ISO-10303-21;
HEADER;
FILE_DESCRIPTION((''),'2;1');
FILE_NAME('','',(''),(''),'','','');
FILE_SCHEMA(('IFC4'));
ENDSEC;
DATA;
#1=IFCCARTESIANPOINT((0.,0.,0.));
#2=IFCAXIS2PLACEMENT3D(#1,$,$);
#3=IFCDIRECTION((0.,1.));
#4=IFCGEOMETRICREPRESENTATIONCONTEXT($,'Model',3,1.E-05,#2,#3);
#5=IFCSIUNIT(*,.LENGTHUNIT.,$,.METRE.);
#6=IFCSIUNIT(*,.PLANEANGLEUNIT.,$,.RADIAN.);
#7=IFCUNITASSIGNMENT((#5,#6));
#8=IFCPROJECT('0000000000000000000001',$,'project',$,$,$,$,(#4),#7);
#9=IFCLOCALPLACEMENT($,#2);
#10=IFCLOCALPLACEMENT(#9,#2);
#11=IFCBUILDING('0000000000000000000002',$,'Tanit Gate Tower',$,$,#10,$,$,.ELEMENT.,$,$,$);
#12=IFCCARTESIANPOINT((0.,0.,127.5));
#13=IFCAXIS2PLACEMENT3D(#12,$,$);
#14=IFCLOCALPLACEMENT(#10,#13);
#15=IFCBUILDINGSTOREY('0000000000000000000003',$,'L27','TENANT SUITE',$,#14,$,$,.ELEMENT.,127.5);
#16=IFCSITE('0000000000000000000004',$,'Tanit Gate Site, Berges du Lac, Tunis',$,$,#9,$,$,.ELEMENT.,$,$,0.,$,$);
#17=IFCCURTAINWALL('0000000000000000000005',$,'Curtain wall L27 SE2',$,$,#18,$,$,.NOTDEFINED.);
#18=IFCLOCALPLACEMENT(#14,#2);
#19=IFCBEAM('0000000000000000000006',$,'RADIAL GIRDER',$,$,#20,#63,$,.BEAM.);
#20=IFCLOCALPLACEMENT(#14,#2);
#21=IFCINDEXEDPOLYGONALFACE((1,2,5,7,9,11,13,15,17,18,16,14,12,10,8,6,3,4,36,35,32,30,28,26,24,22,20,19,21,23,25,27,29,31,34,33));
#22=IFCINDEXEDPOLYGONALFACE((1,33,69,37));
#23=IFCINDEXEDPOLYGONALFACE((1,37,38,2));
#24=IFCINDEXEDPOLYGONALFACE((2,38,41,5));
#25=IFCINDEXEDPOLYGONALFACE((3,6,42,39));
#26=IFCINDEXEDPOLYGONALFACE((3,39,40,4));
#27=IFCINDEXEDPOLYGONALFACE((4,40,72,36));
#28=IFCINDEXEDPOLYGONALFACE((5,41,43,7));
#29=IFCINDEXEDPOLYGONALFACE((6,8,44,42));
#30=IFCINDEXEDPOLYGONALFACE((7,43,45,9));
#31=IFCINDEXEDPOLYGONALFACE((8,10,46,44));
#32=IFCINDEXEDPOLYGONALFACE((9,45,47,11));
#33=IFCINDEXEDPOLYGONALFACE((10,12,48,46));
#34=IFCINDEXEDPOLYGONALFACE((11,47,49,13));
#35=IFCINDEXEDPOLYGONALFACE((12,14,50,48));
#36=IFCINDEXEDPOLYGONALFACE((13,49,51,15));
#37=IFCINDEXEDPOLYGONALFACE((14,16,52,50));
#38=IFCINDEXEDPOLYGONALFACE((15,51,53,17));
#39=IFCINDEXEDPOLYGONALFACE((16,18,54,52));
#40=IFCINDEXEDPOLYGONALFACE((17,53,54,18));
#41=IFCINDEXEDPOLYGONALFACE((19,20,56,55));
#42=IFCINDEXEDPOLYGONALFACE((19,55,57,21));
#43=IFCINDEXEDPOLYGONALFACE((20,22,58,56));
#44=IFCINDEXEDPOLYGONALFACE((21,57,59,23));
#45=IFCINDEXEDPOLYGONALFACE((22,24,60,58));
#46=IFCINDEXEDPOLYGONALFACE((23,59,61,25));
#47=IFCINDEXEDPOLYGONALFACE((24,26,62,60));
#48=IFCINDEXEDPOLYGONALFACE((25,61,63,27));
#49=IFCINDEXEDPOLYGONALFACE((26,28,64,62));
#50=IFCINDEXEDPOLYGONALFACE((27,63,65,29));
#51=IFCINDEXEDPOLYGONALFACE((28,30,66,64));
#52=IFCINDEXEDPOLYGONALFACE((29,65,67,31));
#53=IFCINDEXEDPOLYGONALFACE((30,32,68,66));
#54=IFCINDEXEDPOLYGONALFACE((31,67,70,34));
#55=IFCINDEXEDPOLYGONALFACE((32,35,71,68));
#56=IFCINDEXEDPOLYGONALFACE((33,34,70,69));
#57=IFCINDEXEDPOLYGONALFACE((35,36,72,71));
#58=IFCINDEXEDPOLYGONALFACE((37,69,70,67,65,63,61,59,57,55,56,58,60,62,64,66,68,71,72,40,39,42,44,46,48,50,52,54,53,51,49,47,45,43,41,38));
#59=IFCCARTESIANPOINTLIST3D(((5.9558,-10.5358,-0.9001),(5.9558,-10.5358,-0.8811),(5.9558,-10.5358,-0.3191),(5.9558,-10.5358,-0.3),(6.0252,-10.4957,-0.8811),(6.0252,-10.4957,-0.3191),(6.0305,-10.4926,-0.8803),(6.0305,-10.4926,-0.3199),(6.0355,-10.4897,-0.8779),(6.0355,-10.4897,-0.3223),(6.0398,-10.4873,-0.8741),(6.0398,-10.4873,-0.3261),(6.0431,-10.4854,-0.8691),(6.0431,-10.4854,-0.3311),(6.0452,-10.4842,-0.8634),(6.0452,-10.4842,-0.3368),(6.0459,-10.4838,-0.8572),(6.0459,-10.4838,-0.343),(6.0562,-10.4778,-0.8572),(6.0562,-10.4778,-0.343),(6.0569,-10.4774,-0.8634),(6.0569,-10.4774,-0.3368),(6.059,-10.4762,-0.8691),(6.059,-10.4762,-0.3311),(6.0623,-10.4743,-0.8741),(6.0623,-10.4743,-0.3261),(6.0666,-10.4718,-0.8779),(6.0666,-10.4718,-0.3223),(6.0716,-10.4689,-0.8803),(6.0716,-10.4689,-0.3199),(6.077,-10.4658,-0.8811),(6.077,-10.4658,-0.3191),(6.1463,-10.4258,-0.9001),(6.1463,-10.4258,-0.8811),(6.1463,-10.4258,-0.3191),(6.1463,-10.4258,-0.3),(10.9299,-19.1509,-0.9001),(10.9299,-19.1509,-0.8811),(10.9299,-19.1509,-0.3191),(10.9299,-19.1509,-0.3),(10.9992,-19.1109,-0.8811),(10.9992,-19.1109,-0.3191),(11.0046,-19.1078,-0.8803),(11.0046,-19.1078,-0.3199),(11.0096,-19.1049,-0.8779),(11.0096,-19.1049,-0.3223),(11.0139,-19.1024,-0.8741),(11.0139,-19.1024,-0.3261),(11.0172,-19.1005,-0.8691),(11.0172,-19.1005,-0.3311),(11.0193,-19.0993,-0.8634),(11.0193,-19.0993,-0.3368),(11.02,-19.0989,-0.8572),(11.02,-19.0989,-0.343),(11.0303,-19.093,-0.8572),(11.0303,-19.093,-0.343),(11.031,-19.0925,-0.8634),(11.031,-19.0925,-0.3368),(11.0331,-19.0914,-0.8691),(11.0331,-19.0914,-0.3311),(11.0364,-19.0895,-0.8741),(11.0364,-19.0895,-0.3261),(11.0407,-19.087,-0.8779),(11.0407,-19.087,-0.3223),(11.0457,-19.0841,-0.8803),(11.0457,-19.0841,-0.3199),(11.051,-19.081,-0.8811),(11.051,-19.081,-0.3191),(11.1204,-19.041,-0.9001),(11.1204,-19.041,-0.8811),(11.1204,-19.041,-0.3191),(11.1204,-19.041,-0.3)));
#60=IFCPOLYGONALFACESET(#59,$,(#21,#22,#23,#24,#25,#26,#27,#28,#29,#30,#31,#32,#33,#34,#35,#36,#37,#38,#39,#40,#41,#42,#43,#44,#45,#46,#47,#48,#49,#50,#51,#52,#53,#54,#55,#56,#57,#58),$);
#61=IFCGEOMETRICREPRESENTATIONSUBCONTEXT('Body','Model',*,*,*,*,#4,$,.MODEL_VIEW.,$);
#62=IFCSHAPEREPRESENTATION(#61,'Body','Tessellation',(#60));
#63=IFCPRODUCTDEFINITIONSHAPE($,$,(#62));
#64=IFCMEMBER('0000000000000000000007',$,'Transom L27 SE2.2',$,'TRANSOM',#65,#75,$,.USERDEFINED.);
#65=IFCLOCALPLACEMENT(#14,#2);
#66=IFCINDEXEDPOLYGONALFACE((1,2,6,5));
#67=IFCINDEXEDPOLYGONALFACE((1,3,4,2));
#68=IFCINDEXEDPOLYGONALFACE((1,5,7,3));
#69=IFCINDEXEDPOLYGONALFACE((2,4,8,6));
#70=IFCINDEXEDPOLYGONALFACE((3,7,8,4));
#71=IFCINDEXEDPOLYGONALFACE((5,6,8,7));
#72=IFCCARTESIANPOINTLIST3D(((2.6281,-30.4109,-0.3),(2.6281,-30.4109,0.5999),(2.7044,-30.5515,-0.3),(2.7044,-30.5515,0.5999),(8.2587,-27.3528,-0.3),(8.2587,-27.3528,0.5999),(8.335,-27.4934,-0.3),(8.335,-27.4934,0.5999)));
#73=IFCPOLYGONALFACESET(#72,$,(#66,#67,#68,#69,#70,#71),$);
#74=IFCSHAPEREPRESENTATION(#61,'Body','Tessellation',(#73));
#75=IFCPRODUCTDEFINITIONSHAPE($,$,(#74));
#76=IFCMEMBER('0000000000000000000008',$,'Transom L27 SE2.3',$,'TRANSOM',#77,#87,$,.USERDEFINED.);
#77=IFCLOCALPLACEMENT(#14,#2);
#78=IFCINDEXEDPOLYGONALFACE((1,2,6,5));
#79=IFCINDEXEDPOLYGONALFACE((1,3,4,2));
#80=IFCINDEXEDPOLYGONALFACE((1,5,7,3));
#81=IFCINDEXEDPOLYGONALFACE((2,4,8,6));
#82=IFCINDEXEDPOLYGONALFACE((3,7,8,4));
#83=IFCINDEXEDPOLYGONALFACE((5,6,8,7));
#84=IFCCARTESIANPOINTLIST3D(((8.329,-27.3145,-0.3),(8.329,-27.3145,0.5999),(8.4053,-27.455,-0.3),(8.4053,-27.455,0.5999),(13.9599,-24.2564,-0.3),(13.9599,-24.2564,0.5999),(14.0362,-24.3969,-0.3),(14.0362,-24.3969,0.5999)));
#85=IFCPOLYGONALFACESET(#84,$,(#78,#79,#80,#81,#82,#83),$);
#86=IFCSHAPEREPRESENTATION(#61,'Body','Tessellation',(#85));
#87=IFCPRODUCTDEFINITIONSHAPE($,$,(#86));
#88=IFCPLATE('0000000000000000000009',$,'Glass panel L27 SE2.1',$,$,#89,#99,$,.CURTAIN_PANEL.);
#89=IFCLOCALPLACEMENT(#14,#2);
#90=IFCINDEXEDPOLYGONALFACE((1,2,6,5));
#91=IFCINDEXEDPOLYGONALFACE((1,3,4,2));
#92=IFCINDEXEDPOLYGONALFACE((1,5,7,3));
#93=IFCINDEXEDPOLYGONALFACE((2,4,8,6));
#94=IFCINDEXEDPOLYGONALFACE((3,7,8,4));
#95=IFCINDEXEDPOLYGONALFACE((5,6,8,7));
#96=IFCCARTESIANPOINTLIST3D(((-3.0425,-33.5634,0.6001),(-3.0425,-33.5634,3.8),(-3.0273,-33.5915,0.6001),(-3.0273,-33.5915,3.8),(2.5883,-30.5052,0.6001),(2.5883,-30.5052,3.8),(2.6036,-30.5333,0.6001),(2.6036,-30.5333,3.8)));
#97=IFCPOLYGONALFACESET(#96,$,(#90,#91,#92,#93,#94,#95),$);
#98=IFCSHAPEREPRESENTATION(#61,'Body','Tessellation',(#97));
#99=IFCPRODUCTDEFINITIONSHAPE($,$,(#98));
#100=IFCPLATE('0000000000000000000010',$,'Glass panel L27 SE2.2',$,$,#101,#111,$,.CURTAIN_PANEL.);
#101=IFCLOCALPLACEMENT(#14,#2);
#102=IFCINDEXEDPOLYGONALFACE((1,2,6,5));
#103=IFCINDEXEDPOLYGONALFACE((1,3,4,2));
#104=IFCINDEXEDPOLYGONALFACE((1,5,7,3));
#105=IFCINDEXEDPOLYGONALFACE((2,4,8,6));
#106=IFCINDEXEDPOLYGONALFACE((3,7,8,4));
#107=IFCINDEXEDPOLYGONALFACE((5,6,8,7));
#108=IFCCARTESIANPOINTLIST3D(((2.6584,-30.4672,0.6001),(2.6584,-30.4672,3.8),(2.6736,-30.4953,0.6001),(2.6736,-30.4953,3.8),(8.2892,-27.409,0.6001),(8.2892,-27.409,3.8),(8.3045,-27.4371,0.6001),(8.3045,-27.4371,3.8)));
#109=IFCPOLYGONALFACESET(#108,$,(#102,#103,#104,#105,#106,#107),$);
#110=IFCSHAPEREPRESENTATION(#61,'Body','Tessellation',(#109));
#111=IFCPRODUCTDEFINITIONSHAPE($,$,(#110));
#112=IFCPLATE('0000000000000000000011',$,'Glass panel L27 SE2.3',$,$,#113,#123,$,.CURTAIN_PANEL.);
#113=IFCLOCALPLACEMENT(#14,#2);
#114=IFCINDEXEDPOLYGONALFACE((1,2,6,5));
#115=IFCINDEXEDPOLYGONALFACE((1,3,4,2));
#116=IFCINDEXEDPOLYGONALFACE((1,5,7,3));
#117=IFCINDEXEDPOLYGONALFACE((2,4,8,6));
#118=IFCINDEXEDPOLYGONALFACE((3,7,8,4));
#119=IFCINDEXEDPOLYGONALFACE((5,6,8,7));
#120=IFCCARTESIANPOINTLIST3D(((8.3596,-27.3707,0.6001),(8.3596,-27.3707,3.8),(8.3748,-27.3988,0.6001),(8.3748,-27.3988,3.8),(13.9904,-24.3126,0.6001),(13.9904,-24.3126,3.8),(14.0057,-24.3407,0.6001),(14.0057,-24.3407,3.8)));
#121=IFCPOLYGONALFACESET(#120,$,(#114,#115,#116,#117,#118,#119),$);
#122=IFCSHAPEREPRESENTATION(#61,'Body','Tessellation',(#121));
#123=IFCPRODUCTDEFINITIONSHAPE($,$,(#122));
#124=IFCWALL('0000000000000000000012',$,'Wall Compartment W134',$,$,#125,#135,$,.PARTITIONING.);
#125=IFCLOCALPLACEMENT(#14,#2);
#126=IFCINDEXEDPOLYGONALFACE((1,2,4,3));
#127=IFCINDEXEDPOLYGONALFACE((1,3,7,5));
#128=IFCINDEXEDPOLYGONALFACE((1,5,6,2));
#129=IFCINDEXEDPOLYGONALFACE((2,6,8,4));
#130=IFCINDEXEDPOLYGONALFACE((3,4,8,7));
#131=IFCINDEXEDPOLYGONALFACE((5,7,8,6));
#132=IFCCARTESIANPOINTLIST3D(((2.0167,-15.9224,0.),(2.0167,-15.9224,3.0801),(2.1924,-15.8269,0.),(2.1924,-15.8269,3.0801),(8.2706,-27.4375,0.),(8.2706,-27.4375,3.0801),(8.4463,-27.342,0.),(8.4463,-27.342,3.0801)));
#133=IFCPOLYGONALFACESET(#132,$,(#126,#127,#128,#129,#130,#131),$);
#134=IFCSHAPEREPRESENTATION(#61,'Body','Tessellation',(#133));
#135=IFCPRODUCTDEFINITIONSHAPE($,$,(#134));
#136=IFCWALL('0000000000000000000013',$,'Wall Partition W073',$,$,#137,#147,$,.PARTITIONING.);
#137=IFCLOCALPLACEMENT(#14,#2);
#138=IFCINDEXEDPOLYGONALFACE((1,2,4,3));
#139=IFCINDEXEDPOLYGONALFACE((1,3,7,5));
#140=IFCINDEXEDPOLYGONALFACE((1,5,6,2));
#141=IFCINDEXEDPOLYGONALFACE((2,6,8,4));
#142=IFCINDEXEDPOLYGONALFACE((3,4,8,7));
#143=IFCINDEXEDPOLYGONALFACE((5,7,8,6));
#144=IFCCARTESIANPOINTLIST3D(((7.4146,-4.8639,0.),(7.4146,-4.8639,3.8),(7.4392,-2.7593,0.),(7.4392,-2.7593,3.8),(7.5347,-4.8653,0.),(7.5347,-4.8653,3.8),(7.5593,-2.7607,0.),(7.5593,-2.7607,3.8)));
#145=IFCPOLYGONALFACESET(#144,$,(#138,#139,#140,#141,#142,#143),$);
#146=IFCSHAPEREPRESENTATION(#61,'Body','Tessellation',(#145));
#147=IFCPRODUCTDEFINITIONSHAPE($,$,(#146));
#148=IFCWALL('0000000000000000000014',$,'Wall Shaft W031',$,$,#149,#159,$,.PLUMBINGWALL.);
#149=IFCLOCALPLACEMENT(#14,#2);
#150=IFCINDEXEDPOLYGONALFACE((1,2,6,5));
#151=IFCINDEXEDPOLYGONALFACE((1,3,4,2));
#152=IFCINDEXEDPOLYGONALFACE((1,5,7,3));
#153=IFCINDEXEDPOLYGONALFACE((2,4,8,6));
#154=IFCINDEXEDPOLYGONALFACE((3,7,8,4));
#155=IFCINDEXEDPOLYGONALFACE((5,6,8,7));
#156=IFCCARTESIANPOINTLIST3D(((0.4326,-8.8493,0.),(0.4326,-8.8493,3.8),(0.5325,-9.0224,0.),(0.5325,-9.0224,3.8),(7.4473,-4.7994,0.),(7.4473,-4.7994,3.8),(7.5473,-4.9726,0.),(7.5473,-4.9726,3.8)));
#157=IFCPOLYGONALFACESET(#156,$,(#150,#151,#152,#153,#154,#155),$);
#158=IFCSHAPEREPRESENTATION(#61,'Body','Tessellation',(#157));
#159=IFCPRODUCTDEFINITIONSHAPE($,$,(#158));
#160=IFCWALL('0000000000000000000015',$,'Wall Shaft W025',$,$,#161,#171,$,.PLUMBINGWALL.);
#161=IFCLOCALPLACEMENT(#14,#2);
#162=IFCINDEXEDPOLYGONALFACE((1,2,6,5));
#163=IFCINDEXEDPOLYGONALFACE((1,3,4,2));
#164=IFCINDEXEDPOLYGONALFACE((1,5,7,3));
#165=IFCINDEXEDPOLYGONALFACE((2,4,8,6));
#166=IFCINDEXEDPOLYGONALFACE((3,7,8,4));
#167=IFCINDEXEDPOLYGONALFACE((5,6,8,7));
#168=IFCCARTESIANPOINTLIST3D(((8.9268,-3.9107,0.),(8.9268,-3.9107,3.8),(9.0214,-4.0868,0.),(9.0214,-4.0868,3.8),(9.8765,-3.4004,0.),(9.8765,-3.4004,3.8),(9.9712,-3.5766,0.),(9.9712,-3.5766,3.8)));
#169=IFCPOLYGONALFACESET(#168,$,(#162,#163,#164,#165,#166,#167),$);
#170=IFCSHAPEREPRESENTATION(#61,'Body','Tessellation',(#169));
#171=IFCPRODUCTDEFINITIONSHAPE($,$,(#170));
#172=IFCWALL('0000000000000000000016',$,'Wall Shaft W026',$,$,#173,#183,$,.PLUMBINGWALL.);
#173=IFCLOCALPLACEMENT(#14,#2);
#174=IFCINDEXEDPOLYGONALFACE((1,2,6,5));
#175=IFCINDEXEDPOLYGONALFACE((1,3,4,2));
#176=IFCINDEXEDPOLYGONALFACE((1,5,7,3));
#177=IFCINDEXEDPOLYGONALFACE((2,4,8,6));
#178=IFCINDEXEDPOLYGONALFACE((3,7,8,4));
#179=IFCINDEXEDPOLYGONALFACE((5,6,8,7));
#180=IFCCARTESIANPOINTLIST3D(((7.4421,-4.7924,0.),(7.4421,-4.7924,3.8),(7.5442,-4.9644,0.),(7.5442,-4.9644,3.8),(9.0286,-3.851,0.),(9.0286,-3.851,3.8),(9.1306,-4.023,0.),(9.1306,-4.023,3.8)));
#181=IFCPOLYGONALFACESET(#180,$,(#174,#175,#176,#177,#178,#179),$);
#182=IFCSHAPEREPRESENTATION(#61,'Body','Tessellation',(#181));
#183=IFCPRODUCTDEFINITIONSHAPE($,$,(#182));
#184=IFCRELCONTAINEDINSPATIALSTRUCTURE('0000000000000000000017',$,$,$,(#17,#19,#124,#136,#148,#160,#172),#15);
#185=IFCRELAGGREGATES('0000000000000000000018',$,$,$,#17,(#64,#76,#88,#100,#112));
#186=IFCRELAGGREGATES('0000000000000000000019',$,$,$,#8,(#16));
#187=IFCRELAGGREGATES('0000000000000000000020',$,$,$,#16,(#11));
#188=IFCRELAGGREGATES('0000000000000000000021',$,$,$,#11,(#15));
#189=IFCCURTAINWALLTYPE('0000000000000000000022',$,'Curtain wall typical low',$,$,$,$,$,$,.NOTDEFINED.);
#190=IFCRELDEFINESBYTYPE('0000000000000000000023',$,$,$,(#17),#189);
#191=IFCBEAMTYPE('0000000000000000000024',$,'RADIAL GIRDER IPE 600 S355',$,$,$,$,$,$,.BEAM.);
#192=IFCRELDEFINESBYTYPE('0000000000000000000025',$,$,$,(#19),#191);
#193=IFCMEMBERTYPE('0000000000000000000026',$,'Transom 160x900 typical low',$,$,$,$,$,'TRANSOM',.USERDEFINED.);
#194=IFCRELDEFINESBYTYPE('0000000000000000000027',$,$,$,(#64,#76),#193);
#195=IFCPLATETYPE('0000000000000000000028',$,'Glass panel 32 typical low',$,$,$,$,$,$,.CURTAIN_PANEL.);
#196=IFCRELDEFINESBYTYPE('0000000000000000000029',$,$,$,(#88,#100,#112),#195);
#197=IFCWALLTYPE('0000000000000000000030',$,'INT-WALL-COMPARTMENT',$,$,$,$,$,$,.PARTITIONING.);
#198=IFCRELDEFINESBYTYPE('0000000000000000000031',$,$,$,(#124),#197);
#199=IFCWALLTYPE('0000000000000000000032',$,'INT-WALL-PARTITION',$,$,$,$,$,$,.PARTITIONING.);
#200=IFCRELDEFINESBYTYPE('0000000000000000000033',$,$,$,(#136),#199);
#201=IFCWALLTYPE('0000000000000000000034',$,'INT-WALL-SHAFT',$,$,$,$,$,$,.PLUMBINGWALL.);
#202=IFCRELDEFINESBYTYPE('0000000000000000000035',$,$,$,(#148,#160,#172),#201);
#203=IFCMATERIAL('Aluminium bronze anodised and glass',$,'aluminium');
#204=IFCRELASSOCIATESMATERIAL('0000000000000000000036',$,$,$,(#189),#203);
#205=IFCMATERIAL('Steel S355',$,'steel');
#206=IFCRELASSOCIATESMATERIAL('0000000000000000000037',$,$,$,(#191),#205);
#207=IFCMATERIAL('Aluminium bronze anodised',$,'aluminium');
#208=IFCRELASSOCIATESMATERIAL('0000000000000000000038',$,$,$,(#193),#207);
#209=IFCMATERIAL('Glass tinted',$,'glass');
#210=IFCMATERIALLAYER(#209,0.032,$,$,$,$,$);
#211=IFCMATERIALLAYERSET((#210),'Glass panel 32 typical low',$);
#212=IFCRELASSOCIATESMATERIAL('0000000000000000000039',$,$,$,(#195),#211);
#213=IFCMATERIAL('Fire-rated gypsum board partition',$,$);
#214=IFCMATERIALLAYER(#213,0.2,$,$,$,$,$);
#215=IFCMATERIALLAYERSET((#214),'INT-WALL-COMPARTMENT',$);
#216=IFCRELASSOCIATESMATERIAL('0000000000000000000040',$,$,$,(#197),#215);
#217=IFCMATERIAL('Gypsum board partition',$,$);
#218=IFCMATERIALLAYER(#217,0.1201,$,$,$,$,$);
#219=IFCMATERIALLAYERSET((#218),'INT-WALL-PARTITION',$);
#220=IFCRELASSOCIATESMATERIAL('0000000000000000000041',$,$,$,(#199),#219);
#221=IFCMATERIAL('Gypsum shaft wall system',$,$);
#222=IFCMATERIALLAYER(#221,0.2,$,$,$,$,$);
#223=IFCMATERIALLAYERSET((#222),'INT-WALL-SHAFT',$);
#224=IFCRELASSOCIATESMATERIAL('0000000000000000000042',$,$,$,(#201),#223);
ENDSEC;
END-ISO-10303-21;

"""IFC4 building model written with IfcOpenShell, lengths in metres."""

from ifc_helpers import new_model, si_unit, direction, frame, frame_2d, origin, origin_2d, place, context, subcontext, project, spatial, rectangle, i_section, extrude, material, layer, layer_set, material_profile, profile_set, type_object, element, aggregate, save


model = new_model("IFC4")

# Units and contexts
model_context = context("Model", 3, precision=1e-05, world=origin(), true_north=direction((0.0, 1.0)))
body_context = subcontext(model_context, "Body", "Model", "MODEL_VIEW")
ifc_project = project(units=[si_unit("LENGTHUNIT", "METRE"), si_unit("PLANEANGLEUNIT", "RADIAN")], contexts=[model_context])

# Site, building, storey
site_placement = place(None, origin())
site = spatial("IfcSite", under=ifc_project, at=site_placement, Name="Tanit Gate Site, Berges du Lac, Tunis", CompositionType="ELEMENT", RefElevation=0.0)
building_placement = place(site_placement, origin())
building = spatial("IfcBuilding", under=site, at=building_placement, Name="Tanit Gate Tower", CompositionType="ELEMENT")
storey_placement = place(building_placement, frame((0.0, 0.0, 127.5)))
storey = spatial("IfcBuildingStorey", under=building, at=storey_placement, Name="L27", Description="TENANT SUITE", CompositionType="ELEMENT", Elevation=127.5)

# Curtain wall
ifc_material_1 = material(Name="Aluminium bronze anodised and glass", Category="aluminium")
curtain_wall_type = type_object("IfcCurtainWallType", Name="Curtain wall typical low", PredefinedType="NOTDEFINED", material=ifc_material_1)
curtain_wall_placement = place(storey_placement, origin())
curtain_wall = element("IfcCurtainWall", 1, at=curtain_wall_placement, inside=storey, type_object=curtain_wall_type, Name="Curtain wall L27 SE2", PredefinedType="NOTDEFINED")

# Beam
ifc_material_2 = material(Name="Steel S355", Category="steel")
ifc_material_profile_1 = material_profile(ifc_material_2, i_section(OverallWidth=0.22, OverallDepth=0.6001, WebThickness=0.012, FlangeThickness=0.019, FilletRadius=0.0239, at=origin_2d()), Name="IPE 600")
ifc_profile_set_1 = profile_set([ifc_material_profile_1], Name="Steel S355")
beam_type_1 = type_object("IfcBeamType", Name="RADIAL GIRDER IPE 600 S355", PredefinedType="BEAM", material=ifc_profile_set_1)
beam_1_placement = place(storey_placement, frame((11.0251, -19.0959, -0.6001), z_axis=(-0.500009, 0.86602, 0.0), x_axis=(-0.86602, -0.500009, 0.0)))
element("IfcBeam", 2, at=beam_1_placement, inside=storey, type_object=beam_type_1, Name="RADIAL GIRDER", PredefinedType="BEAM", context=body_context, shape_type="SweptSolid", body=[
    extrude(i_section(OverallWidth=0.22, OverallDepth=0.6001, WebThickness=0.012, FlangeThickness=0.019, FilletRadius=0.0239, at=origin_2d()), origin(), (0.0, 0.0, 1.0), 9.948),
])

# Members
ifc_material_3 = material(Name="Aluminium bronze anodised", Category="aluminium")
ifc_material_profile_2 = material_profile(ifc_material_3, rectangle(XDim=0.1599, YDim=0.8999, at=origin_2d()), Name="160x900 bronze transom")
ifc_profile_set_2 = profile_set([ifc_material_profile_2], Name="Aluminium bronze anodised")
member_type_1 = type_object("IfcMemberType", Name="Transom 160x900 typical low", ElementType="TRANSOM", PredefinedType="USERDEFINED", material=ifc_profile_set_2)
member_1_placement = place(storey_placement, frame((2.6663, -30.4812, 0.1499), z_axis=(0.878756, 0.477271, 0.0), x_axis=(-0.477271, 0.878756, 0.0)))
member_1 = element("IfcMember", 3, at=member_1_placement, type_object=member_type_1, Name="Transom L27 SE2.2", ObjectType="TRANSOM", PredefinedType="USERDEFINED", context=body_context, shape_type="SweptSolid", body=[
    extrude(rectangle(XDim=0.1599, YDim=0.8999, at=origin_2d()), origin(), (0.0, 0.0, 1.0), 6.4075),
])
member_2_placement = place(storey_placement, frame((8.3672, -27.3848, 0.1499), z_axis=(0.878765, 0.477255, 0.0), x_axis=(-0.477255, 0.878765, 0.0)))
member_2 = element("IfcMember", 4, at=member_2_placement, type_object=member_type_1, Name="Transom L27 SE2.3", ObjectType="TRANSOM", PredefinedType="USERDEFINED", context=body_context, shape_type="SweptSolid", body=[
    extrude(rectangle(XDim=0.1599, YDim=0.8999, at=origin_2d()), origin(), (0.0, 0.0, 1.0), 6.4077),
])

# Plates
ifc_material_4 = material(Name="Glass tinted", Category="glass")
ifc_layer_1 = layer(ifc_material_4, 0.032)
ifc_layer_set_1 = layer_set([ifc_layer_1], Name="Glass panel 32 typical low")
plate_type = type_object("IfcPlateType", Name="Glass panel 32 typical low", PredefinedType="CURTAIN_PANEL", material=ifc_layer_set_1)
plate_1_placement = place(storey_placement, frame((-0.2195, -32.0483, 0.6001), z_axis=(0.0, 0.0, 1.0), x_axis=(0.878762, 0.477259, 0.0)))
plate_1 = element("IfcPlate", 5, at=plate_1_placement, type_object=plate_type, Name="Glass panel L27 SE2.1", PredefinedType="CURTAIN_PANEL", context=body_context, shape_type="SweptSolid", body=[
    extrude(rectangle(XDim=6.4077, YDim=0.032, at=origin_2d()), origin(), (0.0, 0.0, 1.0), 3.2),
])
plate_2_placement = place(storey_placement, frame((5.4814, -28.9521, 0.6001), z_axis=(0.0, 0.0, 1.0), x_axis=(0.878762, 0.477259, 0.0)))
plate_2 = element("IfcPlate", 6, at=plate_2_placement, type_object=plate_type, Name="Glass panel L27 SE2.2", PredefinedType="CURTAIN_PANEL", context=body_context, shape_type="SweptSolid", body=[
    extrude(rectangle(XDim=6.4077, YDim=0.032, at=origin_2d()), origin(), (0.0, 0.0, 1.0), 3.2),
])
plate_3_placement = place(storey_placement, frame((11.1826, -25.8557, 0.6001), z_axis=(0.0, 0.0, 1.0), x_axis=(0.878762, 0.477259, 0.0)))
plate_3 = element("IfcPlate", 7, at=plate_3_placement, type_object=plate_type, Name="Glass panel L27 SE2.3", PredefinedType="CURTAIN_PANEL", context=body_context, shape_type="SweptSolid", body=[
    extrude(rectangle(XDim=6.4077, YDim=0.032, at=origin_2d()), origin(), (0.0, 0.0, 1.0), 3.2),
])
aggregate(curtain_wall, [member_1, member_2, plate_1, plate_2, plate_3])

# Walls
ifc_material_5 = material(Name="Fire-rated gypsum board partition")
ifc_layer_2 = layer(ifc_material_5, 0.2)
ifc_layer_set_2 = layer_set([ifc_layer_2], Name="INT-WALL-COMPARTMENT")
wall_type_1 = type_object("IfcWallType", Name="INT-WALL-COMPARTMENT", PredefinedType="PARTITIONING", material=ifc_layer_set_2)
wall_1_placement = place(storey_placement, frame((8.3584, -27.3896, 0.0), z_axis=(0.0, 0.0, 1.0), x_axis=(-0.477259, 0.878763, 0.0)))
element("IfcWall", 8, at=wall_1_placement, inside=storey, type_object=wall_type_1, Name="Wall Compartment W134", PredefinedType="PARTITIONING", context=body_context, shape_type="SweptSolid", body=[
    extrude(rectangle(XDim=13.1038, YDim=0.2, at=frame_2d((6.5518, 0.0))), origin(), (0.0, 0.0, 1.0), 3.0801),
])
ifc_material_6 = material(Name="Gypsum board partition")
ifc_layer_3 = layer(ifc_material_6, 0.1201)
ifc_layer_set_3 = layer_set([ifc_layer_3], Name="INT-WALL-PARTITION")
wall_type_2 = type_object("IfcWallType", Name="INT-WALL-PARTITION", PredefinedType="PARTITIONING", material=ifc_layer_set_3)
wall_2_placement = place(storey_placement, frame((7.4746, -4.8645, 0.0), z_axis=(0.0, 0.0, 1.0), x_axis=(0.011716, 0.999931, 0.0)))
element("IfcWall", 9, at=wall_2_placement, inside=storey, type_object=wall_type_2, Name="Wall Partition W073", PredefinedType="PARTITIONING", context=body_context, shape_type="SweptSolid", body=[
    extrude(rectangle(XDim=2.1047, YDim=0.1201, at=frame_2d((1.0522, 0.0))), origin(), (0.0, 0.0, 1.0), 3.8),
])
ifc_material_7 = material(Name="Gypsum shaft wall system")
ifc_layer_4 = layer(ifc_material_7, 0.2)
ifc_layer_set_4 = layer_set([ifc_layer_4], Name="INT-WALL-SHAFT")
wall_type_3 = type_object("IfcWallType", Name="INT-WALL-SHAFT", PredefinedType="PLUMBINGWALL", material=ifc_layer_set_4)
wall_3_placement = place(storey_placement, frame((0.4827, -8.9358, 0.0), z_axis=(0.0, 0.0, 1.0), x_axis=(0.866031, 0.49999, 0.0)))
element("IfcWall", 10, at=wall_3_placement, inside=storey, type_object=wall_type_3, Name="Wall Shaft W031", PredefinedType="PLUMBINGWALL", context=body_context, shape_type="SweptSolid", body=[
    extrude(rectangle(XDim=8.0999, YDim=0.2, at=frame_2d((4.0498, 0.0))), origin(), (0.0, 0.0, 1.0), 3.8),
])
wall_4_placement = place(storey_placement, frame((8.9741, -3.9988, 0.0), z_axis=(0.0, 0.0, 1.0), x_axis=(0.880907, 0.473289, 0.0)))
element("IfcWall", 11, at=wall_4_placement, inside=storey, type_object=wall_type_3, Name="Wall Shaft W025", PredefinedType="PLUMBINGWALL", context=body_context, shape_type="SweptSolid", body=[
    extrude(rectangle(XDim=1.0781, YDim=0.2, at=frame_2d((0.5391, 0.0))), origin(), (0.0, 0.0, 1.0), 3.8),
])
wall_5_placement = place(storey_placement, frame((7.4932, -4.8784, 0.0), z_axis=(0.0, 0.0, 1.0), x_axis=(0.859982, 0.510325, 0.0)))
element("IfcWall", 12, at=wall_5_placement, inside=storey, type_object=wall_type_3, Name="Wall Shaft W026", PredefinedType="PLUMBINGWALL", context=body_context, shape_type="SweptSolid", body=[
    extrude(rectangle(XDim=1.8447, YDim=0.2, at=frame_2d((0.9224, 0.0))), origin(), (0.0, 0.0, 1.0), 3.8),
])

save(model, "model.ifc")
